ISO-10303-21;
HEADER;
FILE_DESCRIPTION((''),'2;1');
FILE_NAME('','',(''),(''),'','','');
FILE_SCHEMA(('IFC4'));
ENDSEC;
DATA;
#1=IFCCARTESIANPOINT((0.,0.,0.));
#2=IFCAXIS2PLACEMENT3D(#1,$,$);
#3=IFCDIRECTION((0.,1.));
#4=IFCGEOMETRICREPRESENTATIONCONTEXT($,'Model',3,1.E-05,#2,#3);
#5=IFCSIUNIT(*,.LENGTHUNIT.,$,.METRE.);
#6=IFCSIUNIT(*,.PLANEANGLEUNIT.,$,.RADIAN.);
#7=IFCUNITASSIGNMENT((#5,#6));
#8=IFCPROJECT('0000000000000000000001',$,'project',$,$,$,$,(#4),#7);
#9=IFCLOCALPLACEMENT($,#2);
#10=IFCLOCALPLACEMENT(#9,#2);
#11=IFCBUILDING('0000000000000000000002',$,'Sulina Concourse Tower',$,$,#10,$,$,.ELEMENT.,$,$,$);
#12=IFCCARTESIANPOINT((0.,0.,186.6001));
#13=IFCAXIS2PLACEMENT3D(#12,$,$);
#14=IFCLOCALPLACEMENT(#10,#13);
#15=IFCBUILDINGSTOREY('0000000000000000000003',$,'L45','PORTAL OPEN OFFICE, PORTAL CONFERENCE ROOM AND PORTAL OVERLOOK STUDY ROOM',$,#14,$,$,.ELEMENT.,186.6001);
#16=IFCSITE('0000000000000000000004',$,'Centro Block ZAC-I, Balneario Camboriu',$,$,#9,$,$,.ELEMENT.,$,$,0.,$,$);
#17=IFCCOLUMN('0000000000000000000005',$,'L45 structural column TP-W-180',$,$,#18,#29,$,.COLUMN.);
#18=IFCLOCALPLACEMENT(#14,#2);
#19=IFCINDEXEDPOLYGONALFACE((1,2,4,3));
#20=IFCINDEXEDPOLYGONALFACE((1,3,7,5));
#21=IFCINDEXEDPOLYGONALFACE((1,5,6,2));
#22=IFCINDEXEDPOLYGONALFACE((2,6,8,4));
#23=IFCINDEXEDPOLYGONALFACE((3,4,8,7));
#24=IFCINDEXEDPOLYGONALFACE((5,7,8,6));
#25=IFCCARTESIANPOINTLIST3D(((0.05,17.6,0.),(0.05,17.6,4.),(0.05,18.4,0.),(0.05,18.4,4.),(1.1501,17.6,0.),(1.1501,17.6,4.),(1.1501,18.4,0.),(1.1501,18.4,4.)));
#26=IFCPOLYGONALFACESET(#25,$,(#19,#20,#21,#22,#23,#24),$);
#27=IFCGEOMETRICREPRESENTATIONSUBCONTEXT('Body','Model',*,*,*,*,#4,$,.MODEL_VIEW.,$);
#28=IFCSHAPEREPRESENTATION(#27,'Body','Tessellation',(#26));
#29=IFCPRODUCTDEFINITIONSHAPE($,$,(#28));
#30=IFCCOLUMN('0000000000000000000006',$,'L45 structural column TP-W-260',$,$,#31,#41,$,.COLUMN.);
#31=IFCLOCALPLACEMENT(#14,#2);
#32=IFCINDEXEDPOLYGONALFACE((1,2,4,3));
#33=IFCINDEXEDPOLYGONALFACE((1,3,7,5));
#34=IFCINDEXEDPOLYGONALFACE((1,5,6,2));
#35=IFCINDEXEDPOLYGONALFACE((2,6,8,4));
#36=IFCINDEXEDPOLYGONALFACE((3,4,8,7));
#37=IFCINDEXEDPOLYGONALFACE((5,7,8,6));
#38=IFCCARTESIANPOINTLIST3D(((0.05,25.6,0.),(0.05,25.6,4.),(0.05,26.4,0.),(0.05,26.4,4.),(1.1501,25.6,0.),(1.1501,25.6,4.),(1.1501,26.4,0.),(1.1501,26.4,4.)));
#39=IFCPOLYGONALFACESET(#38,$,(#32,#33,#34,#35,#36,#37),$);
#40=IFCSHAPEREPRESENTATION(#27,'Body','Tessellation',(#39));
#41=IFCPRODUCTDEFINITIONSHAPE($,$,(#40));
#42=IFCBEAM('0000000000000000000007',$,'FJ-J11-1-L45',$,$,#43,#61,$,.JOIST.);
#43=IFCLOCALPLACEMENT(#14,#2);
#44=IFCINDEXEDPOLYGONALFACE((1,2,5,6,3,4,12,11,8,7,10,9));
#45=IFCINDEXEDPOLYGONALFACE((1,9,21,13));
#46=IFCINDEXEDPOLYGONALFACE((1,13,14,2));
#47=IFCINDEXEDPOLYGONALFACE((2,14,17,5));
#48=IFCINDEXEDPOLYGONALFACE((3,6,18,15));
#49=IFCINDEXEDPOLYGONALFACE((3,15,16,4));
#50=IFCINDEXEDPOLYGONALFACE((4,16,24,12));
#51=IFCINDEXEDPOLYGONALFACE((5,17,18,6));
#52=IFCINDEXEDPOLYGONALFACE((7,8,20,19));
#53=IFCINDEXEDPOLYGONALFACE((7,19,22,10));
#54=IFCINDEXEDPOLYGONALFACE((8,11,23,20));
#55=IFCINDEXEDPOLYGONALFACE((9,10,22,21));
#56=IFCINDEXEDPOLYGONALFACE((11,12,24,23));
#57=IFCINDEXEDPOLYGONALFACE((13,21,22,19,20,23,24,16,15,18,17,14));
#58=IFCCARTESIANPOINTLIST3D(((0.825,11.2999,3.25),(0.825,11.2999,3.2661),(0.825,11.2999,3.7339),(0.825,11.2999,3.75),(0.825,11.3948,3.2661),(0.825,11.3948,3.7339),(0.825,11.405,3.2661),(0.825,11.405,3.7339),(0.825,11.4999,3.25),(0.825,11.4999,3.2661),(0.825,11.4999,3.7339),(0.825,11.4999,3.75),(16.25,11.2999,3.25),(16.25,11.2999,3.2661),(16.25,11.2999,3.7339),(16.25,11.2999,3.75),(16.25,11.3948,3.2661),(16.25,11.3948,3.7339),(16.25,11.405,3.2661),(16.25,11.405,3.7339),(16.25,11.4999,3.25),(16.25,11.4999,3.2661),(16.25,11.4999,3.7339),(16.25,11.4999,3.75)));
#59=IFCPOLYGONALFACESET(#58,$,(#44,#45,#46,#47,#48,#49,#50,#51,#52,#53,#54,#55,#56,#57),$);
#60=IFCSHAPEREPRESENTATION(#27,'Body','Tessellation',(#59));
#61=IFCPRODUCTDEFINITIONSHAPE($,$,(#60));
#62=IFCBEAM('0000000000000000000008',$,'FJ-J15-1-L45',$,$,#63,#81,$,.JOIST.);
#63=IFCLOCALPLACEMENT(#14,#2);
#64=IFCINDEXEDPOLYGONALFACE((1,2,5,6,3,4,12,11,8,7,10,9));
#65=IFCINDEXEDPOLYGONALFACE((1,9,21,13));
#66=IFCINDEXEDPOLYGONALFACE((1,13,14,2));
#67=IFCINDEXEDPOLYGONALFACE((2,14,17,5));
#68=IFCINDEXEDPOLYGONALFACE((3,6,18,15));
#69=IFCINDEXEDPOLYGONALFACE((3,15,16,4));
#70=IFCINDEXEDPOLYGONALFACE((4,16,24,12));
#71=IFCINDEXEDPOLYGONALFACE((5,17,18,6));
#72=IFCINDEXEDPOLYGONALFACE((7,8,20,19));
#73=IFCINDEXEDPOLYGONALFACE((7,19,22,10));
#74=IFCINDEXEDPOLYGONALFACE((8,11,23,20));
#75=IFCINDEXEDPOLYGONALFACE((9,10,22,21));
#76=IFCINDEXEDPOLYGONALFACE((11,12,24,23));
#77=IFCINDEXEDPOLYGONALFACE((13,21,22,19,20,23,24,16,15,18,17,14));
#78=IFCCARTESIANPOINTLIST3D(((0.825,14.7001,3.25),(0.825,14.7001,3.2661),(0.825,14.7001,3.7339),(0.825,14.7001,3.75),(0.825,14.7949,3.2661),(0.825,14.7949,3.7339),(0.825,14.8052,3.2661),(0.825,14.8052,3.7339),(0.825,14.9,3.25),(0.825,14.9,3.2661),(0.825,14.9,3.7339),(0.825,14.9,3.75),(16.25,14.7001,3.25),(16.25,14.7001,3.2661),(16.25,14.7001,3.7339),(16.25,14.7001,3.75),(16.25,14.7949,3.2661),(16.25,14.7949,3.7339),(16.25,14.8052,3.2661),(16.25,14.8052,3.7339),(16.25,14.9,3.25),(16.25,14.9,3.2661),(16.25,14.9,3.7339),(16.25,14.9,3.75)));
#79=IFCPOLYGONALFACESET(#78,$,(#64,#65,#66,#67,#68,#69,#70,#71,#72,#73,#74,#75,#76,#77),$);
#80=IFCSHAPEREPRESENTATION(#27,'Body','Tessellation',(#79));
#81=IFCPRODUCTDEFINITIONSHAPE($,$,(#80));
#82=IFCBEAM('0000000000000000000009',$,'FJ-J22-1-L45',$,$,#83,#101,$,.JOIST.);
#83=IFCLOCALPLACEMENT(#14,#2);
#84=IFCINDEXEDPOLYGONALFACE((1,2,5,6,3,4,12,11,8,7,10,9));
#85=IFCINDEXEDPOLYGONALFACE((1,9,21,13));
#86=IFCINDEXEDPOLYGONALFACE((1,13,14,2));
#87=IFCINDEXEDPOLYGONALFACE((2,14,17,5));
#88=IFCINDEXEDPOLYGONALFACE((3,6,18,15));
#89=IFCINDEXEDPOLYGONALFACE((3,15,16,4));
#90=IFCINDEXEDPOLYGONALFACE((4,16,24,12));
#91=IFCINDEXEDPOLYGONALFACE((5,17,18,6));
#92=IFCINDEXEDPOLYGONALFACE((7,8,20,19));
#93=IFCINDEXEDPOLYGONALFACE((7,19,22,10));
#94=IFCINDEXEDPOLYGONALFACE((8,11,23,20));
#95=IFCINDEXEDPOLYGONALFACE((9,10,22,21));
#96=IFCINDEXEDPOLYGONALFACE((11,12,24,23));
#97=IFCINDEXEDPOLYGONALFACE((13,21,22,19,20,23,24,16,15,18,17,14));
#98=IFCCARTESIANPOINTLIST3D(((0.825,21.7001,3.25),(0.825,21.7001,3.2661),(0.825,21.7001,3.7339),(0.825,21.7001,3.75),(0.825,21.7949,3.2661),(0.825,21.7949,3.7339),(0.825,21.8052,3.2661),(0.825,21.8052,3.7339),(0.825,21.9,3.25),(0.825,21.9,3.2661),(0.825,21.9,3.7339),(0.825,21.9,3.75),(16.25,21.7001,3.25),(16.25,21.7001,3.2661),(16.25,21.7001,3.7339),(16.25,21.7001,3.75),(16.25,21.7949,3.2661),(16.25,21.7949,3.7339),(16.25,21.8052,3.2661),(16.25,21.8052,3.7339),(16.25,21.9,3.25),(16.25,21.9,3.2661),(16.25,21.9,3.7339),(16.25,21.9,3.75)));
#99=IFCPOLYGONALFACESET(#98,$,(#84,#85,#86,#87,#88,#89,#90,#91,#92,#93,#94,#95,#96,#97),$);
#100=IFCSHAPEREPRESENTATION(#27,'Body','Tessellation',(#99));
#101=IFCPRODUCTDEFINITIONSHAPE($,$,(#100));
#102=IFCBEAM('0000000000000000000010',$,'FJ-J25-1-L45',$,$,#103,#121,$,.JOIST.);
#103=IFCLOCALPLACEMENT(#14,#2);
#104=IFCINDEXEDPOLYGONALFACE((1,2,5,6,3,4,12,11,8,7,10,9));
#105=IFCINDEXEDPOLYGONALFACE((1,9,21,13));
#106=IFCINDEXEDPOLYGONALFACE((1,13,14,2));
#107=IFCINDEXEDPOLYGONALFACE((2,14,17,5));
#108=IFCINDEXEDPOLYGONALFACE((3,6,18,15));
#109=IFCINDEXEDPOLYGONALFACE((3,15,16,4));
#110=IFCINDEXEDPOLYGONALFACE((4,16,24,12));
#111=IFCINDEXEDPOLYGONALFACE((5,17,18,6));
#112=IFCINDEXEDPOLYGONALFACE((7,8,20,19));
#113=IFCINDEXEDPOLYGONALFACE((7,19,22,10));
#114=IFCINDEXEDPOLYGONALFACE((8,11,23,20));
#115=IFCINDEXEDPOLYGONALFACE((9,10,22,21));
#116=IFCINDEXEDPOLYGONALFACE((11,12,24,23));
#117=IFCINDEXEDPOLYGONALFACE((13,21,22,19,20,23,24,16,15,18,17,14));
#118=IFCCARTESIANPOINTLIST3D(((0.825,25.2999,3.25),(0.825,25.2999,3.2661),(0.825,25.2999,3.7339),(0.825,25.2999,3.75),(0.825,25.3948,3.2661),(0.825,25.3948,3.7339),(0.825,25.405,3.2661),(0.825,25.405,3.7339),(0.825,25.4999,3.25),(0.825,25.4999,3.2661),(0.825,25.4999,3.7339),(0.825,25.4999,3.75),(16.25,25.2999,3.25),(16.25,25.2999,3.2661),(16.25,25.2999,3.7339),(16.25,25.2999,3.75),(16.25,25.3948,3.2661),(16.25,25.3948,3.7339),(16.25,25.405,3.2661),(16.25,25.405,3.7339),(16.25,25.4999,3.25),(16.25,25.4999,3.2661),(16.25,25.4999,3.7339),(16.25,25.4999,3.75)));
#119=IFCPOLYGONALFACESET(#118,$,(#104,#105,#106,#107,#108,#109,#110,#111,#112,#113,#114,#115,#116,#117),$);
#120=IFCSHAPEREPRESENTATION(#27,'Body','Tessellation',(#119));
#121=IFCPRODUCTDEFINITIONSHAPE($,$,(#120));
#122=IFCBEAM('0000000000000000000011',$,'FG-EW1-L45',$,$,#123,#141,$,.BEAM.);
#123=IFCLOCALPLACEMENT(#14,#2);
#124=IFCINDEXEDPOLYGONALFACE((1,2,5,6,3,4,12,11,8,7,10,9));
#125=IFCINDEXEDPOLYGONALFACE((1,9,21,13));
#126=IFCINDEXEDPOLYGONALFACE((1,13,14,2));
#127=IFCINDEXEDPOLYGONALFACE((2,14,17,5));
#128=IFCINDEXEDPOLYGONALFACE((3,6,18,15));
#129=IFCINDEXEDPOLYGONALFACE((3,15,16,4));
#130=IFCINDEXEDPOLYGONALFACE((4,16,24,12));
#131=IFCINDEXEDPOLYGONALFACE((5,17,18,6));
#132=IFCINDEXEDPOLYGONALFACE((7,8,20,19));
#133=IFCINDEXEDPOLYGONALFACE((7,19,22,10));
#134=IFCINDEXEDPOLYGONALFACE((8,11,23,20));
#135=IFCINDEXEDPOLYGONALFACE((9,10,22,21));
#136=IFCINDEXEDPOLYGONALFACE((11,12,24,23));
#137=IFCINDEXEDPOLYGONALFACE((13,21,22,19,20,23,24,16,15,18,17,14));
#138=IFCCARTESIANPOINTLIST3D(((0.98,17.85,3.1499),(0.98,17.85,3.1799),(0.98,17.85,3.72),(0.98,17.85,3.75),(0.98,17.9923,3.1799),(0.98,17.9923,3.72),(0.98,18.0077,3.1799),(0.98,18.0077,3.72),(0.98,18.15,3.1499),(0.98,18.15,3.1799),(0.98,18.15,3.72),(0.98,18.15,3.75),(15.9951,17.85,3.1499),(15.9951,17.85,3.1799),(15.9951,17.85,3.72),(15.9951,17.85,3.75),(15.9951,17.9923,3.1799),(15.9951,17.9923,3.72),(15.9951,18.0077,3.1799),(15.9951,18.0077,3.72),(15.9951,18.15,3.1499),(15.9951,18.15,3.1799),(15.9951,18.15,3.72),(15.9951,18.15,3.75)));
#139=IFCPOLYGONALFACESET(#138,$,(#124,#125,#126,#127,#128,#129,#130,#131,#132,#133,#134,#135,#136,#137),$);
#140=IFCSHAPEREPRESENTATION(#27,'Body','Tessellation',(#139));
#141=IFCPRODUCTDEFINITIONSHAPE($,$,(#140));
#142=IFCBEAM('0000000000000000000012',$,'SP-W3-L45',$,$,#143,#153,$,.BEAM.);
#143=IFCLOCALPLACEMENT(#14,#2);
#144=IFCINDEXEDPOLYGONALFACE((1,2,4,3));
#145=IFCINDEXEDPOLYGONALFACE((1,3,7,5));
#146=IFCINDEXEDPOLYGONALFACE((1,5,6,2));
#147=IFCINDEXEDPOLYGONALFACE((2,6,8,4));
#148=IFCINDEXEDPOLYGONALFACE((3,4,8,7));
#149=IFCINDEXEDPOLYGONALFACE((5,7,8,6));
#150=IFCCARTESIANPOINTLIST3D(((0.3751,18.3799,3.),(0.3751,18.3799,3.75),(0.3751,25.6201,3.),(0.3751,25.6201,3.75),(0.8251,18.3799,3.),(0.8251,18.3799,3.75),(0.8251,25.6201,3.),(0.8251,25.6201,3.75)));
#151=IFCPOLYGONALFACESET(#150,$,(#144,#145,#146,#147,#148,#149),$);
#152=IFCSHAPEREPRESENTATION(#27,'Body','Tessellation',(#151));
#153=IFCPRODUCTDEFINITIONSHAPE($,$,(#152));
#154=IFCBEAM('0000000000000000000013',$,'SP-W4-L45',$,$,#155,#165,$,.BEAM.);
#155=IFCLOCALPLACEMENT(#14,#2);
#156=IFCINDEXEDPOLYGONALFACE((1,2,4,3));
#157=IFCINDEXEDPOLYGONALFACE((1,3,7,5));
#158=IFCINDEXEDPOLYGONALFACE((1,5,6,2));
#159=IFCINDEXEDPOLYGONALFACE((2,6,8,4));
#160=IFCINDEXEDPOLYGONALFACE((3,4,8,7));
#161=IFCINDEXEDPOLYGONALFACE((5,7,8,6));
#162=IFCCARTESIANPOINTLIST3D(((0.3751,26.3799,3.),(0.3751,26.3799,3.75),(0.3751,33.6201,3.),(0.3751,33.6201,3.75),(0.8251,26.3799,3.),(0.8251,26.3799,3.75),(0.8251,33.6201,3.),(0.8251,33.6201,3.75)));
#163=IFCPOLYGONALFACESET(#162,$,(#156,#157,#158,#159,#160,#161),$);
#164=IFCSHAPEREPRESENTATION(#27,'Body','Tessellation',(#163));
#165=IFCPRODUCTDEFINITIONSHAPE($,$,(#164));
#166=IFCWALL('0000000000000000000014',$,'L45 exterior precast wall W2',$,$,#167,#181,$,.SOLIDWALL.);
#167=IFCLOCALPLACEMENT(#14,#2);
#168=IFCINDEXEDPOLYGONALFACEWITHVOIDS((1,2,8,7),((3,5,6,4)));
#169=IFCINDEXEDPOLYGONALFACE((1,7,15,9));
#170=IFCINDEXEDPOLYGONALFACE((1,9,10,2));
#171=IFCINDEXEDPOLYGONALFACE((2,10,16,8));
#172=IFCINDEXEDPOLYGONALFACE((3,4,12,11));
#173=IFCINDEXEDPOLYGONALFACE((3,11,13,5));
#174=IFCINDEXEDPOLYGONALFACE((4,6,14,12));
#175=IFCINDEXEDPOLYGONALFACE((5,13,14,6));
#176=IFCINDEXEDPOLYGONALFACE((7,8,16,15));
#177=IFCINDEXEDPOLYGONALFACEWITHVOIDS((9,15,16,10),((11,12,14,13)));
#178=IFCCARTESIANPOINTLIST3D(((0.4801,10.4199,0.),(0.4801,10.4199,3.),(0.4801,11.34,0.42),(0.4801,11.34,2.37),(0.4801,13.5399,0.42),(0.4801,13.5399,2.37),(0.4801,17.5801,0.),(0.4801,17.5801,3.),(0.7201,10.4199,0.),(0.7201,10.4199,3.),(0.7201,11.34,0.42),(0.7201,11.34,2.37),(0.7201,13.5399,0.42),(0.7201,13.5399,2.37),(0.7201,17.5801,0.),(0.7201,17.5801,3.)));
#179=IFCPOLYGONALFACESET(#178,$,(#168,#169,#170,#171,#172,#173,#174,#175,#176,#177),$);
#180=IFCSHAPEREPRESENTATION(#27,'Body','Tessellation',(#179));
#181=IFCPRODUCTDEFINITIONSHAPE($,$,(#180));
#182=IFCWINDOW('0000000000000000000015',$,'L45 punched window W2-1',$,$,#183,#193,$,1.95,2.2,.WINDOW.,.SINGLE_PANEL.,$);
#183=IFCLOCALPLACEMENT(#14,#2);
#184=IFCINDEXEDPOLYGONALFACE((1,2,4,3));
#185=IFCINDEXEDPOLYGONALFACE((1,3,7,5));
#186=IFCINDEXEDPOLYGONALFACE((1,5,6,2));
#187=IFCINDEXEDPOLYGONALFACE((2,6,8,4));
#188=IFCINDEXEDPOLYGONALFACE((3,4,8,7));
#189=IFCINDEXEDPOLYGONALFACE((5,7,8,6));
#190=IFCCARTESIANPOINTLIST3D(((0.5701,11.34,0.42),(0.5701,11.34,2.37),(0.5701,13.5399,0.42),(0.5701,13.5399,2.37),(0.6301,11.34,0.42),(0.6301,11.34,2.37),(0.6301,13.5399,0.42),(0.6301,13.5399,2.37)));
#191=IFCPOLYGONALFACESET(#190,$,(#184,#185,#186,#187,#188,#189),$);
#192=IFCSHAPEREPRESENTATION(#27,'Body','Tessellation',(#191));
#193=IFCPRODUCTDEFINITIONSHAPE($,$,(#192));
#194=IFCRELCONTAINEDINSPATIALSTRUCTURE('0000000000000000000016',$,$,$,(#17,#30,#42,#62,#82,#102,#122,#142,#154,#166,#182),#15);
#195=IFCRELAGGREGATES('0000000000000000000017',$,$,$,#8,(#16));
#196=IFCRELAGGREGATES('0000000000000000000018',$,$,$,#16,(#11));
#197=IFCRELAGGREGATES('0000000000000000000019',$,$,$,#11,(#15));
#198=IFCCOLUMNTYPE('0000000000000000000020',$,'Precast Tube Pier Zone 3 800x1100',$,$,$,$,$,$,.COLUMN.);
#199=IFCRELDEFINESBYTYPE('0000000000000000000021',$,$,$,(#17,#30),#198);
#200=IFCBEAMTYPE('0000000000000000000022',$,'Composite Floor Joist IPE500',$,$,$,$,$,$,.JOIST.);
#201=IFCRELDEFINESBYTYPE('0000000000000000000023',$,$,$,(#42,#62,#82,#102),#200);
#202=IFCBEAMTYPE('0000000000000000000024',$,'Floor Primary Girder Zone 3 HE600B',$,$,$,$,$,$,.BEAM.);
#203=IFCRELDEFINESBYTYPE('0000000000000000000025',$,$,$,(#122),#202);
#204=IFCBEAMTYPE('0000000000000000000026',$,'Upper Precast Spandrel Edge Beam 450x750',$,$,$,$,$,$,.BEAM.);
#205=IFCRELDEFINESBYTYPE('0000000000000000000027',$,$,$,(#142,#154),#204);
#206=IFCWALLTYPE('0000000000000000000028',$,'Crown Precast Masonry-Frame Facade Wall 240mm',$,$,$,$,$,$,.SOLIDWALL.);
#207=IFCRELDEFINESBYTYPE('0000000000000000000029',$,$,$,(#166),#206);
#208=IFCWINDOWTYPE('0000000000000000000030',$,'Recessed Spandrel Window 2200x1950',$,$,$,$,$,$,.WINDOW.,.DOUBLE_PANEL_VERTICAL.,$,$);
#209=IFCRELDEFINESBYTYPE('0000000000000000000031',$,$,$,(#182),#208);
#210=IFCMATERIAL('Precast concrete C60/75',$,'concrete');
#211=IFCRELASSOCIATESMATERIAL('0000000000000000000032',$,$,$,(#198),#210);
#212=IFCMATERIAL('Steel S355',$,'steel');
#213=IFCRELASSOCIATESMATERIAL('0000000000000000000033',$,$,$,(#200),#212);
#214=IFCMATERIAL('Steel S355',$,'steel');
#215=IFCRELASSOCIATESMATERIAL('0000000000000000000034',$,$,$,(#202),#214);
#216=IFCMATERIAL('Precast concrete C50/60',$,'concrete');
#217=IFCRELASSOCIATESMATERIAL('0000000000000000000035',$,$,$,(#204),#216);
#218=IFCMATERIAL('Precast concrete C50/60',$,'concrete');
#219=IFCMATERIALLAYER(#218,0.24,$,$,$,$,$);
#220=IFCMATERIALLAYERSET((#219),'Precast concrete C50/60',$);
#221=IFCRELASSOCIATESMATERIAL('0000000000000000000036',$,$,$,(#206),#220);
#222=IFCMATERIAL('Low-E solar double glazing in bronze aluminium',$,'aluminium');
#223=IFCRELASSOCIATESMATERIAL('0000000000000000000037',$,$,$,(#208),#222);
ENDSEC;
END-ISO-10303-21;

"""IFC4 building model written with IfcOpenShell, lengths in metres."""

from ifc_helpers import new_model, si_unit, direction, frame, frame_2d, origin, origin_2d, place, context, subcontext, project, spatial, rectangle, i_section, extrude, material, layer, layer_set, material_profile, profile_set, type_object, element, fill, save


model = new_model("IFC4")

# Units and contexts
model_context = context("Model", 3, precision=1e-05, world=origin(), true_north=direction((0.0, 1.0)))
body_context = subcontext(model_context, "Body", "Model", "MODEL_VIEW")
ifc_project = project(units=[si_unit("LENGTHUNIT", "METRE"), si_unit("PLANEANGLEUNIT", "RADIAN")], contexts=[model_context])

# Site, building, storey
site_placement = place(None, origin())
site = spatial("IfcSite", under=ifc_project, at=site_placement, Name="Centro Block ZAC-I, Balneario Camboriu", CompositionType="ELEMENT", RefElevation=0.0)
building_placement = place(site_placement, origin())
building = spatial("IfcBuilding", under=site, at=building_placement, Name="Sulina Concourse Tower", CompositionType="ELEMENT")
storey_placement = place(building_placement, frame((0.0, 0.0, 186.6001)))
storey = spatial("IfcBuildingStorey", under=building, at=storey_placement, Name="L45", Description="PORTAL OPEN OFFICE, PORTAL CONFERENCE ROOM AND PORTAL OVERLOOK STUDY ROOM", CompositionType="ELEMENT", Elevation=186.6001)

# Columns
ifc_material_1 = material(Name="Precast concrete C60/75", Category="concrete")
ifc_material_profile_1 = material_profile(ifc_material_1, rectangle(XDim=0.8, YDim=1.1001, at=origin_2d()), Name="PC 800x1100")
ifc_profile_set_1 = profile_set([ifc_material_profile_1], Name="Precast concrete C60/75")
column_type = type_object("IfcColumnType", Name="Precast Tube Pier Zone 3 800x1100", PredefinedType="COLUMN", material=ifc_profile_set_1)
for number, where, z_axis, x_axis, name in (
    (1, (0.6001, 18.0, 0.0), (0.0, 0.0, 1.0), (0.0, 1.0, 0.0), "L45 structural column TP-W-180"),
    (2, (0.6001, 26.0, 0.0), (0.0, 0.0, 1.0), (0.0, 1.0, 0.0), "L45 structural column TP-W-260"),
):
    element("IfcColumn", number, at=place(storey_placement, frame(where, z_axis=z_axis, x_axis=x_axis)), inside=storey, type_object=column_type, Name=name, PredefinedType="COLUMN", context=body_context, shape_type="SweptSolid", body=[
        extrude(rectangle(XDim=0.8, YDim=1.1001, at=origin_2d()), origin(), (0.0, 0.0, 1.0), 4.0),
    ])

# Beams
ifc_material_2 = material(Name="Steel S355", Category="steel")
ifc_material_profile_2 = material_profile(ifc_material_2, i_section(OverallWidth=0.2, OverallDepth=0.5, WebThickness=0.0103, FlangeThickness=0.0161, at=origin_2d()), Name="IPE 500")
ifc_profile_set_2 = profile_set([ifc_material_profile_2], Name="Steel S355")
beam_type_1 = type_object("IfcBeamType", Name="Composite Floor Joist IPE500", PredefinedType="JOIST", material=ifc_profile_set_2)
for number, where, z_axis, x_axis, name in (
    (3, (0.825, 11.3999, 3.5), (1.0, 0.0, 0.0), (0.0, 1.0, 0.0), "FJ-J11-1-L45"),
    (4, (0.825, 14.8, 3.5), (1.0, 0.0, 0.0), (0.0, 1.0, 0.0), "FJ-J15-1-L45"),
    (5, (0.825, 21.8, 3.5), (1.0, 0.0, 0.0), (0.0, 1.0, 0.0), "FJ-J22-1-L45"),
    (6, (0.825, 25.3999, 3.5), (1.0, 0.0, 0.0), (0.0, 1.0, 0.0), "FJ-J25-1-L45"),
):
    element("IfcBeam", number, at=place(storey_placement, frame(where, z_axis=z_axis, x_axis=x_axis)), inside=storey, type_object=beam_type_1, Name=name, PredefinedType="JOIST", context=body_context, shape_type="SweptSolid", body=[
        extrude(i_section(OverallWidth=0.2, OverallDepth=0.5, WebThickness=0.0103, FlangeThickness=0.0161, at=origin_2d()), origin(), (0.0, 0.0, 1.0), 15.425),
    ])
ifc_material_3 = material(Name="Steel S355", Category="steel")
ifc_material_profile_3 = material_profile(ifc_material_3, i_section(OverallWidth=0.3, OverallDepth=0.6001, WebThickness=0.0154, FlangeThickness=0.03, at=origin_2d()), Name="HE 600 B")
ifc_profile_set_3 = profile_set([ifc_material_profile_3], Name="Steel S355")
beam_type_2 = type_object("IfcBeamType", Name="Floor Primary Girder Zone 3 HE600B", PredefinedType="BEAM", material=ifc_profile_set_3)
beam_placement = place(storey_placement, frame((0.98, 18.0, 3.45), z_axis=(1.0, 0.0, 0.0), x_axis=(0.0, 1.0, 0.0)))
element("IfcBeam", 7, at=beam_placement, inside=storey, type_object=beam_type_2, Name="FG-EW1-L45", PredefinedType="BEAM", context=body_context, shape_type="SweptSolid", body=[
    extrude(i_section(OverallWidth=0.3, OverallDepth=0.6001, WebThickness=0.0154, FlangeThickness=0.03, at=origin_2d()), origin(), (0.0, 0.0, 1.0), 15.0151),
])
ifc_material_4 = material(Name="Precast concrete C50/60", Category="concrete")
ifc_material_profile_4 = material_profile(ifc_material_4, rectangle(XDim=0.45, YDim=0.75, at=origin_2d()), Name="RC 450x750")
ifc_profile_set_4 = profile_set([ifc_material_profile_4], Name="Precast concrete C50/60")
beam_type_3 = type_object("IfcBeamType", Name="Upper Precast Spandrel Edge Beam 450x750", PredefinedType="BEAM", material=ifc_profile_set_4)
for number, where, z_axis, x_axis, name in (
    (8, (0.6001, 18.3799, 3.375), (0.0, 1.0, 0.0), (-1.0, 0.0, 0.0), "SP-W3-L45"),
    (9, (0.6001, 26.3799, 3.375), (0.0, 1.0, 0.0), (-1.0, 0.0, 0.0), "SP-W4-L45"),
):
    element("IfcBeam", number, at=place(storey_placement, frame(where, z_axis=z_axis, x_axis=x_axis)), inside=storey, type_object=beam_type_3, Name=name, PredefinedType="BEAM", context=body_context, shape_type="SweptSolid", body=[
        extrude(rectangle(XDim=0.45, YDim=0.75, at=origin_2d()), origin(), (0.0, 0.0, 1.0), 7.2402),
    ])

# Wall, opening, window
ifc_material_5 = material(Name="Precast concrete C50/60", Category="concrete")
ifc_layer_1 = layer(ifc_material_5, 0.24)
ifc_layer_set_1 = layer_set([ifc_layer_1], Name="Precast concrete C50/60")
wall_type_1 = type_object("IfcWallType", Name="Crown Precast Masonry-Frame Facade Wall 240mm", PredefinedType="SOLIDWALL", material=ifc_layer_set_1)
wall_1_placement = place(storey_placement, frame((0.6001, 10.4199, 0.0), z_axis=(0.0, 0.0, 1.0), x_axis=(0.0, 1.0, 0.0)))
wall_1 = element("IfcWall", 10, at=wall_1_placement, inside=storey, type_object=wall_type_1, Name="L45 exterior precast wall W2", PredefinedType="SOLIDWALL", context=body_context, shape_type="SweptSolid", body=[
    extrude(rectangle(XDim=7.1602, YDim=0.24, at=frame_2d((3.5801, 0.0))), origin(), (0.0, 0.0, 1.0), 3.0),
])
opening_1_placement = place(wall_1_placement, frame((0.9199, 0.0, 0.4199)))
opening_1 = element("IfcOpeningElement", 11, at=opening_1_placement, cuts=wall_1, PredefinedType="OPENING", context=body_context, shape_type="SweptSolid", body=[
    extrude(rectangle(XDim=2.2, YDim=1.95, at=frame_2d((1.1001, 0.9751))), frame((0.0, 0.1299, 0.0), z_axis=(0.0, -1.0, 0.0), x_axis=(1.0, 0.0, 0.0)), (0.0, 0.0, 1.0), 0.26),
])
ifc_material_6 = material(Name="Low-E solar double glazing in bronze aluminium", Category="aluminium")
window_type = type_object("IfcWindowType", Name="Recessed Spandrel Window 2200x1950", PartitioningType="DOUBLE_PANEL_VERTICAL", PredefinedType="WINDOW", material=ifc_material_6)
window_placement = place(opening_1_placement, origin())
window = element("IfcWindow", 12, at=window_placement, inside=storey, type_object=window_type, Name="L45 punched window W2-1", OverallHeight=1.95, OverallWidth=2.2, PartitioningType="SINGLE_PANEL", PredefinedType="WINDOW", context=body_context, shape_type="SweptSolid", body=[
    extrude(rectangle(XDim=2.2, YDim=1.95, at=frame_2d((1.1001, 0.9751))), frame((0.0, 0.03, 0.0), z_axis=(0.0, -1.0, 0.0), x_axis=(1.0, 0.0, 0.0)), (0.0, 0.0, 1.0), 0.0601),
])
fill(opening_1, window)

save(model, "model.ifc")
